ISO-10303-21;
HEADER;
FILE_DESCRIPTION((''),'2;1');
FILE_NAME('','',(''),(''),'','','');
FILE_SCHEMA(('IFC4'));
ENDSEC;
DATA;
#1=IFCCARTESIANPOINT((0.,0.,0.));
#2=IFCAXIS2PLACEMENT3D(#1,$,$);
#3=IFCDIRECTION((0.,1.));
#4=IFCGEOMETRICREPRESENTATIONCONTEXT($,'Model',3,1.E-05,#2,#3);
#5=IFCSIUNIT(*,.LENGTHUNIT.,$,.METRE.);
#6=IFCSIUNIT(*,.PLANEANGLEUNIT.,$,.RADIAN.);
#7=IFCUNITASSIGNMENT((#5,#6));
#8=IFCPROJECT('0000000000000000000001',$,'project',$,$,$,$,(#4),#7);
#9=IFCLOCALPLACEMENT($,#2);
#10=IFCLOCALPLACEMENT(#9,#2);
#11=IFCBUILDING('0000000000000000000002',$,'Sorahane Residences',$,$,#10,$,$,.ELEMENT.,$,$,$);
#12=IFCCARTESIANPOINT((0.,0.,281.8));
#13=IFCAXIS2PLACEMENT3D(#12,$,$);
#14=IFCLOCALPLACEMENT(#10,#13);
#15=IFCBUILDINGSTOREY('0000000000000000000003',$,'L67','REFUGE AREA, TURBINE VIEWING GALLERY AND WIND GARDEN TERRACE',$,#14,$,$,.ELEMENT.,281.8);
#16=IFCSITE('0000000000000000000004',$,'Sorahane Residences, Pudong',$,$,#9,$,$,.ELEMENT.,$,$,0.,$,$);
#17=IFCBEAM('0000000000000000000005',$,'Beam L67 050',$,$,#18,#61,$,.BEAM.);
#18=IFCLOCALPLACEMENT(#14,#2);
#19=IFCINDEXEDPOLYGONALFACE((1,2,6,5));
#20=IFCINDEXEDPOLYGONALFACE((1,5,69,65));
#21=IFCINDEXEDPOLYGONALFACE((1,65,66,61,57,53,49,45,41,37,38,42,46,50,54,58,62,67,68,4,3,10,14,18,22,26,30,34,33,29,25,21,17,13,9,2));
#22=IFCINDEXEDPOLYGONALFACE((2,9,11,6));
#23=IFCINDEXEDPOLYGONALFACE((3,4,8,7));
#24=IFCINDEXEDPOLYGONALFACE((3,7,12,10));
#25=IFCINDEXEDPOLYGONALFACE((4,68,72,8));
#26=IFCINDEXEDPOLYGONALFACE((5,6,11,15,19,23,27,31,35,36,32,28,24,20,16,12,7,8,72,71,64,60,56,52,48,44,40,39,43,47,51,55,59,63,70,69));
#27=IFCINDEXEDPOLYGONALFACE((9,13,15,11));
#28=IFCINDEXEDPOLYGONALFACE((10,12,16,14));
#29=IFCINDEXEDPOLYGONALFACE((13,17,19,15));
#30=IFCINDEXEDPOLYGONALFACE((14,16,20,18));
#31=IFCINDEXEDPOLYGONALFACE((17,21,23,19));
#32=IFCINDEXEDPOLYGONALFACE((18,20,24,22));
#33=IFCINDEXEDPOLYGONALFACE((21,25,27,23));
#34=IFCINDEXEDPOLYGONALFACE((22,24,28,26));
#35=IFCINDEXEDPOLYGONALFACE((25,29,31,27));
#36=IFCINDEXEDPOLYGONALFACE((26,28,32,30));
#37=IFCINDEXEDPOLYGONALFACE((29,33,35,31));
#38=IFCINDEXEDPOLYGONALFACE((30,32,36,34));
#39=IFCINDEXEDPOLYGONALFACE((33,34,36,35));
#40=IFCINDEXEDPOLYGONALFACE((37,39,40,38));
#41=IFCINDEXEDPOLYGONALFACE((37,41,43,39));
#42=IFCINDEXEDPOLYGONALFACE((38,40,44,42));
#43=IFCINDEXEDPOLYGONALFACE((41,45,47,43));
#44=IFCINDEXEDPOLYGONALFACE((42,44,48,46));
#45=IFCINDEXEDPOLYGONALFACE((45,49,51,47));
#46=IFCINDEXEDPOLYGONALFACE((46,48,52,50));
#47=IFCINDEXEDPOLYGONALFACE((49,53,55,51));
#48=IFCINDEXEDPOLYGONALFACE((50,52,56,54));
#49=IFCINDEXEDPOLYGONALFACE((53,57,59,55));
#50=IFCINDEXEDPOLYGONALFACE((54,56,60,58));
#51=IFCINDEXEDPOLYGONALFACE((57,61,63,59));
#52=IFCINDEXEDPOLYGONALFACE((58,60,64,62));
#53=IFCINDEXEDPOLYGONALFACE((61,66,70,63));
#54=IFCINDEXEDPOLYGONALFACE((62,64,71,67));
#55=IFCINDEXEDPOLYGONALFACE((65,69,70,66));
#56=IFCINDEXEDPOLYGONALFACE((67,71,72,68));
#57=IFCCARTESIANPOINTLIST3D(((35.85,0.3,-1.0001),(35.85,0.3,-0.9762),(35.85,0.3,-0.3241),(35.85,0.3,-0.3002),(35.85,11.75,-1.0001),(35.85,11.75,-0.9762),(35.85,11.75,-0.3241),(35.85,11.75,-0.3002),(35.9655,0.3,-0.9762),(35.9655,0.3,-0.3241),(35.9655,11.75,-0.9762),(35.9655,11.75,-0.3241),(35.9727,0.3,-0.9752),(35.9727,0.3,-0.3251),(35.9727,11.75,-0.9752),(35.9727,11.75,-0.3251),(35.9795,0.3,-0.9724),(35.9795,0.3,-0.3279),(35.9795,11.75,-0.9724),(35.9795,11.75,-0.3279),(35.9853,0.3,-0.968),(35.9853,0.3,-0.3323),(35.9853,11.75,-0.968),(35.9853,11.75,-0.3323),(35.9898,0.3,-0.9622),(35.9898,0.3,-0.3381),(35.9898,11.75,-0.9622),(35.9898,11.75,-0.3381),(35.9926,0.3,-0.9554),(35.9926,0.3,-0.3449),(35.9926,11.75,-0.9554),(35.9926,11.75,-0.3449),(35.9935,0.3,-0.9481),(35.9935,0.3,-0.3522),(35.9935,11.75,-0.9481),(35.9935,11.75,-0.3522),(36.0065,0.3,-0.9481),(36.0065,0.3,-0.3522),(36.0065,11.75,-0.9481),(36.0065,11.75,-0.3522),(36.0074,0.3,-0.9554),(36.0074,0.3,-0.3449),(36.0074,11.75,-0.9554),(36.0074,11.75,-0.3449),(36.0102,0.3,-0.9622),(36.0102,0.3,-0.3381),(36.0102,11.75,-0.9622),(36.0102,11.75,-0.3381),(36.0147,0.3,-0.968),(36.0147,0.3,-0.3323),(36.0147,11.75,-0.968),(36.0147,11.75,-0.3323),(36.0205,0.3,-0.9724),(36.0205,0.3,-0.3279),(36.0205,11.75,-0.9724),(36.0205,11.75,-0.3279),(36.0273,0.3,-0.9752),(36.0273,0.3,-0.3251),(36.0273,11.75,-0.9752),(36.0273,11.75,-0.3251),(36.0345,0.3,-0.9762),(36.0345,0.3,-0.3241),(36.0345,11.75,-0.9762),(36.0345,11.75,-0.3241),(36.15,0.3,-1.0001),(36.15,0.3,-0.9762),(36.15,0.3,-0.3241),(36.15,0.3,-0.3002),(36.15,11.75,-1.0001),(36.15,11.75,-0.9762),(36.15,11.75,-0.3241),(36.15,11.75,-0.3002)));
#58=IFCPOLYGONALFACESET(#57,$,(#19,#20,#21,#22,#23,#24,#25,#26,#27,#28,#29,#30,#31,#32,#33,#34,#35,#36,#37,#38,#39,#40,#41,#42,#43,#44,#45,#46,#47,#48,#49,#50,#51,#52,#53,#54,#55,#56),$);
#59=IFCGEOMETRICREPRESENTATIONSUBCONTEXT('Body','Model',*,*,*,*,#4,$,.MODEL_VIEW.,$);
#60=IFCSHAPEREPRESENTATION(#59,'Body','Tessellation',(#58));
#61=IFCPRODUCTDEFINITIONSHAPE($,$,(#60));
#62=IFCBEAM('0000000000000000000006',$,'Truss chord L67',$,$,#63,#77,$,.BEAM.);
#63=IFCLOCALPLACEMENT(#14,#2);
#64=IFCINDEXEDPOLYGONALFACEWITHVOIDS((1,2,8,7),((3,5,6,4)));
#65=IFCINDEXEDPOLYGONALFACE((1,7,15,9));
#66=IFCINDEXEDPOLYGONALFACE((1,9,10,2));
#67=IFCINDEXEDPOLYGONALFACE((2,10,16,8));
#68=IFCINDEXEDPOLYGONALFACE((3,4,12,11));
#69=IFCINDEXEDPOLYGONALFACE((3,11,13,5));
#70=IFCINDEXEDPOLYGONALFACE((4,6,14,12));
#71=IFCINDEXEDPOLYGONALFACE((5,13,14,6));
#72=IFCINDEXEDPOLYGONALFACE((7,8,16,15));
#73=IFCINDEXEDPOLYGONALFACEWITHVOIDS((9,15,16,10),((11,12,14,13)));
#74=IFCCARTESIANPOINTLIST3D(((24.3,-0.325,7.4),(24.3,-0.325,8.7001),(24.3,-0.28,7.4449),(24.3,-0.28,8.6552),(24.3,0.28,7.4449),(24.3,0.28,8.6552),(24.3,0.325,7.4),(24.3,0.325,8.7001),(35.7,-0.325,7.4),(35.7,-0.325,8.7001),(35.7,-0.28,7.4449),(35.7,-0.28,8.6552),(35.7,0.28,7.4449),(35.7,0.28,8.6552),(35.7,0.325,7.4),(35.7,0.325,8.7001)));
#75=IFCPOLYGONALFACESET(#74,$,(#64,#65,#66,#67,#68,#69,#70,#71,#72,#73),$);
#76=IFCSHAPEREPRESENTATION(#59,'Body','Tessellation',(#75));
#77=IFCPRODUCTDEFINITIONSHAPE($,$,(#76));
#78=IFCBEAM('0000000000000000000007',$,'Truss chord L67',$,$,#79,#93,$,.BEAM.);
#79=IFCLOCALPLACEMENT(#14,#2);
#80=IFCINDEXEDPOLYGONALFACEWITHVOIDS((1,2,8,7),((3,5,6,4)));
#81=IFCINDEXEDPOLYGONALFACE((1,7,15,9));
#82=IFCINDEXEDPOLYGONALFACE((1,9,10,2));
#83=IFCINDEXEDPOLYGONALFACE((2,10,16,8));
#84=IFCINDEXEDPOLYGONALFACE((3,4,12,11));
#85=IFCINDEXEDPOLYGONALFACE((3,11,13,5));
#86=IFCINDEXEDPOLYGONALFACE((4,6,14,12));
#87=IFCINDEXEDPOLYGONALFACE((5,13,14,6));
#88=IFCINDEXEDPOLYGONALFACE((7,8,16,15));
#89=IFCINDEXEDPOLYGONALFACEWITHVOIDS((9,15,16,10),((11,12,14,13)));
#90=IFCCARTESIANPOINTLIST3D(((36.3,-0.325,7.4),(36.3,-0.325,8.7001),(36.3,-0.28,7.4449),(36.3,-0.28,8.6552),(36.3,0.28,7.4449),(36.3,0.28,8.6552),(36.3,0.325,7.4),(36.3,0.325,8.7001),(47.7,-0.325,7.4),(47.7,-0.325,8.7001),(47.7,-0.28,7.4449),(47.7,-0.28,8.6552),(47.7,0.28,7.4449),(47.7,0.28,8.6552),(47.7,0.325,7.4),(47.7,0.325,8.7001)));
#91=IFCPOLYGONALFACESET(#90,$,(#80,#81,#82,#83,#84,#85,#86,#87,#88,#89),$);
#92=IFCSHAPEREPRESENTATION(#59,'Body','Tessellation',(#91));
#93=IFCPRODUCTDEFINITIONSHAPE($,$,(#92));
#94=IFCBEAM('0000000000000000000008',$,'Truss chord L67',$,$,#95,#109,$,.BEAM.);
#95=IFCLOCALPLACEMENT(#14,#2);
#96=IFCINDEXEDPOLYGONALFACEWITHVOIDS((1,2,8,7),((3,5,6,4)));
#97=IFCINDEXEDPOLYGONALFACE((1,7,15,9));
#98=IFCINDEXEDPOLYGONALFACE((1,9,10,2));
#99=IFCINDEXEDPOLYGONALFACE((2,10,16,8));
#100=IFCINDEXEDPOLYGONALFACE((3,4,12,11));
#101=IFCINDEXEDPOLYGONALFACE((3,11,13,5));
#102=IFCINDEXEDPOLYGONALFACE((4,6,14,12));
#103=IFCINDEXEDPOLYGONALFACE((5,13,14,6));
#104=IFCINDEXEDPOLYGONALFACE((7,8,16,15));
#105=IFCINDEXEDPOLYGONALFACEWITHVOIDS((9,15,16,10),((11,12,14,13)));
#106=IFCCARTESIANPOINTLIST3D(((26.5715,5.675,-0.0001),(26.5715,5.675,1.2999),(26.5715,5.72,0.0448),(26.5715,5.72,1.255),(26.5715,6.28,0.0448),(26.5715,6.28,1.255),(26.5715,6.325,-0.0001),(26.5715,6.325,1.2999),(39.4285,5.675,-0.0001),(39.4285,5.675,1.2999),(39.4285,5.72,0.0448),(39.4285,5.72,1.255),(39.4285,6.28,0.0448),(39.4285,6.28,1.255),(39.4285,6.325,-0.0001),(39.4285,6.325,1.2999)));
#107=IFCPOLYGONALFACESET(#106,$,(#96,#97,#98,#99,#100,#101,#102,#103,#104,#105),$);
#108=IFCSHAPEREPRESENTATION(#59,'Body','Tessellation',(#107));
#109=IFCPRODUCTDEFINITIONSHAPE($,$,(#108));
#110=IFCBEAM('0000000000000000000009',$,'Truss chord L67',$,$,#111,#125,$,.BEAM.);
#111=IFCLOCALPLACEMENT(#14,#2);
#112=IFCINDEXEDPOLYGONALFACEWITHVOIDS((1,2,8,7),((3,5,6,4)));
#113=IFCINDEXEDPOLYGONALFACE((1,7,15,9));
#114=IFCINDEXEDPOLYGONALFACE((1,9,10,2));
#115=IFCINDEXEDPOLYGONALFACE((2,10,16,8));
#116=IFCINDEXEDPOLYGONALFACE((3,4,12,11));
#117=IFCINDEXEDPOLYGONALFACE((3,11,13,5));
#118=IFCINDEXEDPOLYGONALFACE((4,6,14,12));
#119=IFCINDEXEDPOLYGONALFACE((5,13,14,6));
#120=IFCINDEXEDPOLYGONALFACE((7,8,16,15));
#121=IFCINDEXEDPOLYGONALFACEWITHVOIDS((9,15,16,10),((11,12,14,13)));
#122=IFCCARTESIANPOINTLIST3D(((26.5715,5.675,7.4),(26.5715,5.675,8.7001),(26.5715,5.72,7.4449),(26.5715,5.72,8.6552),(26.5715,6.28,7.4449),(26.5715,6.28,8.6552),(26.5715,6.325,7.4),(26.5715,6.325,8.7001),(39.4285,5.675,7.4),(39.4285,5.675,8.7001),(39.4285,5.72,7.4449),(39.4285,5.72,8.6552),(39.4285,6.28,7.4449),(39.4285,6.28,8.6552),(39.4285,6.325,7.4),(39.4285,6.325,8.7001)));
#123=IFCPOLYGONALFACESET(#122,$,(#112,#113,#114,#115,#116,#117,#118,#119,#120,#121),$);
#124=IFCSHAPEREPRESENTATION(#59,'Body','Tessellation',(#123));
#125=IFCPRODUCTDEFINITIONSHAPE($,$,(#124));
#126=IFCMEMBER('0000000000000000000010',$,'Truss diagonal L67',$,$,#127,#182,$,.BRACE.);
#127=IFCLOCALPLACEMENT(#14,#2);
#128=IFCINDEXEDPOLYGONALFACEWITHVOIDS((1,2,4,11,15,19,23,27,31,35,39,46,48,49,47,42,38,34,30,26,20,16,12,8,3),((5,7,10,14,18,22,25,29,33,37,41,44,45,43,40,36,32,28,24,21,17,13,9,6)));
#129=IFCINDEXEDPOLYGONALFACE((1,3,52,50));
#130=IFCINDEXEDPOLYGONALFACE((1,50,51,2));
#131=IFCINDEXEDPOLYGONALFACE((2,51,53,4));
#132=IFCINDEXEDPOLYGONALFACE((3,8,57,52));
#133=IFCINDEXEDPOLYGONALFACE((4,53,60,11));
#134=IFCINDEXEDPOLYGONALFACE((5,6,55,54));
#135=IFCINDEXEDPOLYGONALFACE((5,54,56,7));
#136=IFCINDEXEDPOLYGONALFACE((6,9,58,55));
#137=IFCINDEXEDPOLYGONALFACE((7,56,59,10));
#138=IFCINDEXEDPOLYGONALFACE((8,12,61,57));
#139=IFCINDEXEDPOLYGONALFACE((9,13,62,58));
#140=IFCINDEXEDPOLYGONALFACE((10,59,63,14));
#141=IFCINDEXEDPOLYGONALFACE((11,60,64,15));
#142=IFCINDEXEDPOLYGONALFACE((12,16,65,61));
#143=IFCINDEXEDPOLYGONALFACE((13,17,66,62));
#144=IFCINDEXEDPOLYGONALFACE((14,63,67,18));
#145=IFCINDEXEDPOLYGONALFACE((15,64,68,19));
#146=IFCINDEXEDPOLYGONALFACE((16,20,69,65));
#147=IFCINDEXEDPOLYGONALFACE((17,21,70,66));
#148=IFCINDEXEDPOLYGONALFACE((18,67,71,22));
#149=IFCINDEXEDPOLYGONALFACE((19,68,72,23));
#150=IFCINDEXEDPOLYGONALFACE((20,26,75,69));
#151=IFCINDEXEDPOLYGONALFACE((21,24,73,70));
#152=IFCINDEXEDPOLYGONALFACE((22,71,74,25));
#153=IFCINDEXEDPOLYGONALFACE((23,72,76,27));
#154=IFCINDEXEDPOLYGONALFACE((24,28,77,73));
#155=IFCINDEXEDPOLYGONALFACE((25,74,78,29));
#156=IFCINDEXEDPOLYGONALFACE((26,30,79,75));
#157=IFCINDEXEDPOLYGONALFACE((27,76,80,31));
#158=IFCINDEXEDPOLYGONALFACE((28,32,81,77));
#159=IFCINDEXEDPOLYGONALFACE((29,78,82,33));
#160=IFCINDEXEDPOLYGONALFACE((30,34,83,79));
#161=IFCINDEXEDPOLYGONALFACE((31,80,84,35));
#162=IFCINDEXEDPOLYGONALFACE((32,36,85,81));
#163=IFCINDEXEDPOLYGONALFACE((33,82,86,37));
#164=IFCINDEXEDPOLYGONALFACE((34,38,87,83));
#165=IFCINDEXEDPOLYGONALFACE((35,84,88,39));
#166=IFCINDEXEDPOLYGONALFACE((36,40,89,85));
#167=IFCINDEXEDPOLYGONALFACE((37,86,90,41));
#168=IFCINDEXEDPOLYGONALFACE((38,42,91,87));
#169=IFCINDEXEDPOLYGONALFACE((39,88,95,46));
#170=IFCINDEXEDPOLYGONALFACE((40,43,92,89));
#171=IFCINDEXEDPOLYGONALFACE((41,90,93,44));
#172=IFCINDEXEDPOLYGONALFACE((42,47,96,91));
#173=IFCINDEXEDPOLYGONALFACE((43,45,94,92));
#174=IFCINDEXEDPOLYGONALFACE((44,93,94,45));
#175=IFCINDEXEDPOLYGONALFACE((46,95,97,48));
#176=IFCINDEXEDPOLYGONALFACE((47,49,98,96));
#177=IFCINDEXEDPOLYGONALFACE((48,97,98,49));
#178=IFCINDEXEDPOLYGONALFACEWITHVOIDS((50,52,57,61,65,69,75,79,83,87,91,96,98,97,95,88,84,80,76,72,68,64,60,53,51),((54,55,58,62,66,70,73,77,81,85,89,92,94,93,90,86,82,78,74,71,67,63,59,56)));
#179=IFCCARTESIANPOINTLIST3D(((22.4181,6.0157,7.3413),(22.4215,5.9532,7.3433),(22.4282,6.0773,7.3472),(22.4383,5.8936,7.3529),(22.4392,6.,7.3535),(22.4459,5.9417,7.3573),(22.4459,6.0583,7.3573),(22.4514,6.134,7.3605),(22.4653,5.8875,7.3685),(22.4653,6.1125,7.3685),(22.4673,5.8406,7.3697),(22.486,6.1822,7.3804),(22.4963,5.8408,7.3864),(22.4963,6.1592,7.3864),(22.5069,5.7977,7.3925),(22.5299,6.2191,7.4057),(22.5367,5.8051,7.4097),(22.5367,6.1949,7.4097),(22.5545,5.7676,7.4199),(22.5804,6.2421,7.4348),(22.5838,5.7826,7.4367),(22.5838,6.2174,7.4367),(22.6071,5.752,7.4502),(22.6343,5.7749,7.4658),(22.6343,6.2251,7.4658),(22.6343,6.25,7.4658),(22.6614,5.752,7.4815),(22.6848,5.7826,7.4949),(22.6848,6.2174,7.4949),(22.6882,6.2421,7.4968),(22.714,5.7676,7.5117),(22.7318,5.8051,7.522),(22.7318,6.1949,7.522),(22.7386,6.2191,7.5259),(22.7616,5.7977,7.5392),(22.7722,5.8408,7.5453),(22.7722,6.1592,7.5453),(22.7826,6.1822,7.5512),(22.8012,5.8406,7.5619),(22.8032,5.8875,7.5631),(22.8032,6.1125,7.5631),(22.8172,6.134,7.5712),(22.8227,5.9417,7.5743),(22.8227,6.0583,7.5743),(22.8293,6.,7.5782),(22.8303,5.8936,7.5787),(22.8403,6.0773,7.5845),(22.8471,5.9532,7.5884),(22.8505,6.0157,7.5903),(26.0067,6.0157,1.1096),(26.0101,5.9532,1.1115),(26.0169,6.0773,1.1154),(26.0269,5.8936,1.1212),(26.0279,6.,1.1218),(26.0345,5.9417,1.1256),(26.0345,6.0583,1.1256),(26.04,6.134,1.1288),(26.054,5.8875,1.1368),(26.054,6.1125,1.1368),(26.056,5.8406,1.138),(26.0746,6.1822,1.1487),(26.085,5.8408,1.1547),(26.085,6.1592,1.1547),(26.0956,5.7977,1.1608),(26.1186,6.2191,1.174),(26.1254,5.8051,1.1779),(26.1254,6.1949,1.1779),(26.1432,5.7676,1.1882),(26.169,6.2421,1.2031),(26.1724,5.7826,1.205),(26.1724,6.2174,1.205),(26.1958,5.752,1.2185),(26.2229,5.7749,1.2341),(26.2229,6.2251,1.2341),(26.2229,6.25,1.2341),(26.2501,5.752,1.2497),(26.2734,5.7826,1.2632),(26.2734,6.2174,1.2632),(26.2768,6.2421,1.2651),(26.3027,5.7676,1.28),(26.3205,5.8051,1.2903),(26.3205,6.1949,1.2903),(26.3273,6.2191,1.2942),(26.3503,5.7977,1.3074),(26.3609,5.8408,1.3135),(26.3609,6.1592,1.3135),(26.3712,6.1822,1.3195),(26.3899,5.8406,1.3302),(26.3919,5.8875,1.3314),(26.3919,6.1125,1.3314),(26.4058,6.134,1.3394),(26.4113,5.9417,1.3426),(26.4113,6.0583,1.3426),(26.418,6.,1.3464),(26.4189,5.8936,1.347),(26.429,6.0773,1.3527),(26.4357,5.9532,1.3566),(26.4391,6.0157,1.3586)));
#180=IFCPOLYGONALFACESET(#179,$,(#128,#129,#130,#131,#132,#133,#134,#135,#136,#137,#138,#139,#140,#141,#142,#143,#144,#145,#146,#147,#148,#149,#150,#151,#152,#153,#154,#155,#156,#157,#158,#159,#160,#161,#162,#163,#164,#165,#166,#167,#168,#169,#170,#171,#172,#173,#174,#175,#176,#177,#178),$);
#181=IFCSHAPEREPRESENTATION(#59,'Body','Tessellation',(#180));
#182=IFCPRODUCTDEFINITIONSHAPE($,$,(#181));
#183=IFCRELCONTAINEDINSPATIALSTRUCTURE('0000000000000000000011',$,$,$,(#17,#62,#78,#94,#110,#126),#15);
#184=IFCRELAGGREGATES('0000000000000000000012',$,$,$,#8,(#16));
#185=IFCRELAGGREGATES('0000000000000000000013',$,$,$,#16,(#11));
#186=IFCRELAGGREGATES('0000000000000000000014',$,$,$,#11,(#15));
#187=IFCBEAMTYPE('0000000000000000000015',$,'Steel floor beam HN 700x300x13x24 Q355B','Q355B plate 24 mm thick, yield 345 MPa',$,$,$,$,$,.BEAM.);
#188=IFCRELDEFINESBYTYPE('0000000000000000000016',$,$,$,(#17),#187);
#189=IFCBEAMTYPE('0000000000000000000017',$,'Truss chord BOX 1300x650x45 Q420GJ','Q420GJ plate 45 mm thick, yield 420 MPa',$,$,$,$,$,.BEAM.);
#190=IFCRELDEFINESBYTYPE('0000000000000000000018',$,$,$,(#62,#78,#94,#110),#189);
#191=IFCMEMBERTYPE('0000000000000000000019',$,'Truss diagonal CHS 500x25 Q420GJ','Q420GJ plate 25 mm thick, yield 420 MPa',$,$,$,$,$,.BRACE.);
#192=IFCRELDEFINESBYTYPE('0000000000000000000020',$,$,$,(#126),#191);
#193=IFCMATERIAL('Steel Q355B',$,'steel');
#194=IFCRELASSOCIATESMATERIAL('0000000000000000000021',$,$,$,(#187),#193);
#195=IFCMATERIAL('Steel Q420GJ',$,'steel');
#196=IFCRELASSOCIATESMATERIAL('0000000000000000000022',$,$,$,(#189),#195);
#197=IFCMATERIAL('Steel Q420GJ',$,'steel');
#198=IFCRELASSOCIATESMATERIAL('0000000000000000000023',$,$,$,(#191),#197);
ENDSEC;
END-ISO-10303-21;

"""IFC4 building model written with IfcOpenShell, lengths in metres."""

from ifc_helpers import new_model, si_unit, direction, frame, origin, origin_2d, place, context, subcontext, project, spatial, hollow_rectangle, hollow_circle, i_section, extrude, material, material_profile, profile_set, type_object, element, save


model = new_model("IFC4")

# Units and contexts
model_context = context("Model", 3, precision=1e-05, world=origin(), true_north=direction((0.0, 1.0)))
body_context = subcontext(model_context, "Body", "Model", "MODEL_VIEW")
ifc_project = project(units=[si_unit("LENGTHUNIT", "METRE"), si_unit("PLANEANGLEUNIT", "RADIAN")], contexts=[model_context])

# Site, building, storey
site_placement = place(None, origin())
site = spatial("IfcSite", under=ifc_project, at=site_placement, Name="Sorahane Residences, Pudong", CompositionType="ELEMENT", RefElevation=0.0)
building_placement = place(site_placement, origin())
building = spatial("IfcBuilding", under=site, at=building_placement, Name="Sorahane Residences", CompositionType="ELEMENT")
storey_placement = place(building_placement, frame((0.0, 0.0, 281.8)))
storey = spatial("IfcBuildingStorey", under=building, at=storey_placement, Name="L67", Description="REFUGE AREA, TURBINE VIEWING GALLERY AND WIND GARDEN TERRACE", CompositionType="ELEMENT", Elevation=281.8)

# Beams
ifc_material_1 = material(Name="Steel Q355B", Category="steel")
ifc_material_profile_1 = material_profile(ifc_material_1, i_section(OverallWidth=0.3, OverallDepth=0.7, WebThickness=0.0129, FlangeThickness=0.0239, FilletRadius=0.0281, at=origin_2d()), Name="HN 700x300x13x24")
ifc_profile_set_1 = profile_set([ifc_material_profile_1], Name="Steel Q355B")
beam_type_1 = type_object("IfcBeamType", Name="Steel floor beam HN 700x300x13x24 Q355B", Description="Q355B plate 24 mm thick, yield 345 MPa", PredefinedType="BEAM", material=ifc_profile_set_1)
beam_1_placement = place(storey_placement, frame((36.0, 0.3, -0.6501), z_axis=(0.0, 1.0, 0.0), x_axis=(-1.0, 0.0, 0.0)))
element("IfcBeam", 1, at=beam_1_placement, inside=storey, type_object=beam_type_1, Name="Beam L67 050", PredefinedType="BEAM", context=body_context, shape_type="SweptSolid", body=[
    extrude(i_section(OverallWidth=0.3, OverallDepth=0.7, WebThickness=0.0129, FlangeThickness=0.0239, FilletRadius=0.0281, at=origin_2d()), origin(), (0.0, 0.0, 1.0), 11.45),
])
ifc_material_2 = material(Name="Steel Q420GJ", Category="steel")
ifc_material_profile_2 = material_profile(ifc_material_2, hollow_rectangle(XDim=0.6499, YDim=1.3, WallThickness=0.0449, at=origin_2d()), Name="BOX 1300x650x45")
ifc_profile_set_2 = profile_set([ifc_material_profile_2], Name="Steel Q420GJ")
beam_type_2 = type_object("IfcBeamType", Name="Truss chord BOX 1300x650x45 Q420GJ", Description="Q420GJ plate 45 mm thick, yield 420 MPa", PredefinedType="BEAM", material=ifc_profile_set_2)
for number, where, z_axis, x_axis, name in (
    (2, (24.3, 0.0, 8.05), (1.0, 0.0, 0.0), (0.0, 1.0, 0.0), "Truss chord L67"),
    (3, (36.3, 0.0, 8.05), (1.0, 0.0, 0.0), (0.0, 1.0, 0.0), "Truss chord L67"),
):
    element("IfcBeam", number, at=place(storey_placement, frame(where, z_axis=z_axis, x_axis=x_axis)), inside=storey, type_object=beam_type_2, Name=name, PredefinedType="BEAM", context=body_context, shape_type="SweptSolid", body=[
        extrude(hollow_rectangle(XDim=0.6499, YDim=1.3, WallThickness=0.0449, at=origin_2d()), origin(), (0.0, 0.0, 1.0), 11.3999),
    ])
for number, where, z_axis, x_axis, name in (
    (4, (26.5715, 6.0, 0.6499), (1.0, 0.0, 0.0), (0.0, 1.0, 0.0), "Truss chord L67"),
    (5, (26.5715, 6.0, 8.05), (1.0, 0.0, 0.0), (0.0, 1.0, 0.0), "Truss chord L67"),
):
    element("IfcBeam", number, at=place(storey_placement, frame(where, z_axis=z_axis, x_axis=x_axis)), inside=storey, type_object=beam_type_2, Name=name, PredefinedType="BEAM", context=body_context, shape_type="SweptSolid", body=[
        extrude(hollow_rectangle(XDim=0.6499, YDim=1.3, WallThickness=0.0449, at=origin_2d()), origin(), (0.0, 0.0, 1.0), 12.8569),
    ])

# Member
ifc_material_3 = material(Name="Steel Q420GJ", Category="steel")
ifc_material_profile_3 = material_profile(ifc_material_3, hollow_circle(Radius=0.25, WallThickness=0.0249, at=origin_2d()), Name="CHS 500x25")
ifc_profile_set_3 = profile_set([ifc_material_profile_3], Name="Steel Q420GJ")
member_type = type_object("IfcMemberType", Name="Truss diagonal CHS 500x25 Q420GJ", Description="Q420GJ plate 25 mm thick, yield 420 MPa", PredefinedType="BRACE", material=ifc_profile_set_3)
for number, where, z_axis, x_axis, name in (
    (6, (22.6343, 6.0, 7.4658), (0.499036, 0.0, -0.866582), (0.0, 1.0, 0.0), "Truss diagonal L67"),
):
    element("IfcMember", number, at=place(storey_placement, frame(where, z_axis=z_axis, x_axis=x_axis)), inside=storey, type_object=member_type, Name=name, PredefinedType="BRACE", context=body_context, shape_type="SweptSolid", body=[
        extrude(hollow_circle(Radius=0.25, WallThickness=0.0249, at=origin_2d()), origin(), (0.0, 0.0, 1.0), 7.1912),
    ])

save(model, "model.ifc")
